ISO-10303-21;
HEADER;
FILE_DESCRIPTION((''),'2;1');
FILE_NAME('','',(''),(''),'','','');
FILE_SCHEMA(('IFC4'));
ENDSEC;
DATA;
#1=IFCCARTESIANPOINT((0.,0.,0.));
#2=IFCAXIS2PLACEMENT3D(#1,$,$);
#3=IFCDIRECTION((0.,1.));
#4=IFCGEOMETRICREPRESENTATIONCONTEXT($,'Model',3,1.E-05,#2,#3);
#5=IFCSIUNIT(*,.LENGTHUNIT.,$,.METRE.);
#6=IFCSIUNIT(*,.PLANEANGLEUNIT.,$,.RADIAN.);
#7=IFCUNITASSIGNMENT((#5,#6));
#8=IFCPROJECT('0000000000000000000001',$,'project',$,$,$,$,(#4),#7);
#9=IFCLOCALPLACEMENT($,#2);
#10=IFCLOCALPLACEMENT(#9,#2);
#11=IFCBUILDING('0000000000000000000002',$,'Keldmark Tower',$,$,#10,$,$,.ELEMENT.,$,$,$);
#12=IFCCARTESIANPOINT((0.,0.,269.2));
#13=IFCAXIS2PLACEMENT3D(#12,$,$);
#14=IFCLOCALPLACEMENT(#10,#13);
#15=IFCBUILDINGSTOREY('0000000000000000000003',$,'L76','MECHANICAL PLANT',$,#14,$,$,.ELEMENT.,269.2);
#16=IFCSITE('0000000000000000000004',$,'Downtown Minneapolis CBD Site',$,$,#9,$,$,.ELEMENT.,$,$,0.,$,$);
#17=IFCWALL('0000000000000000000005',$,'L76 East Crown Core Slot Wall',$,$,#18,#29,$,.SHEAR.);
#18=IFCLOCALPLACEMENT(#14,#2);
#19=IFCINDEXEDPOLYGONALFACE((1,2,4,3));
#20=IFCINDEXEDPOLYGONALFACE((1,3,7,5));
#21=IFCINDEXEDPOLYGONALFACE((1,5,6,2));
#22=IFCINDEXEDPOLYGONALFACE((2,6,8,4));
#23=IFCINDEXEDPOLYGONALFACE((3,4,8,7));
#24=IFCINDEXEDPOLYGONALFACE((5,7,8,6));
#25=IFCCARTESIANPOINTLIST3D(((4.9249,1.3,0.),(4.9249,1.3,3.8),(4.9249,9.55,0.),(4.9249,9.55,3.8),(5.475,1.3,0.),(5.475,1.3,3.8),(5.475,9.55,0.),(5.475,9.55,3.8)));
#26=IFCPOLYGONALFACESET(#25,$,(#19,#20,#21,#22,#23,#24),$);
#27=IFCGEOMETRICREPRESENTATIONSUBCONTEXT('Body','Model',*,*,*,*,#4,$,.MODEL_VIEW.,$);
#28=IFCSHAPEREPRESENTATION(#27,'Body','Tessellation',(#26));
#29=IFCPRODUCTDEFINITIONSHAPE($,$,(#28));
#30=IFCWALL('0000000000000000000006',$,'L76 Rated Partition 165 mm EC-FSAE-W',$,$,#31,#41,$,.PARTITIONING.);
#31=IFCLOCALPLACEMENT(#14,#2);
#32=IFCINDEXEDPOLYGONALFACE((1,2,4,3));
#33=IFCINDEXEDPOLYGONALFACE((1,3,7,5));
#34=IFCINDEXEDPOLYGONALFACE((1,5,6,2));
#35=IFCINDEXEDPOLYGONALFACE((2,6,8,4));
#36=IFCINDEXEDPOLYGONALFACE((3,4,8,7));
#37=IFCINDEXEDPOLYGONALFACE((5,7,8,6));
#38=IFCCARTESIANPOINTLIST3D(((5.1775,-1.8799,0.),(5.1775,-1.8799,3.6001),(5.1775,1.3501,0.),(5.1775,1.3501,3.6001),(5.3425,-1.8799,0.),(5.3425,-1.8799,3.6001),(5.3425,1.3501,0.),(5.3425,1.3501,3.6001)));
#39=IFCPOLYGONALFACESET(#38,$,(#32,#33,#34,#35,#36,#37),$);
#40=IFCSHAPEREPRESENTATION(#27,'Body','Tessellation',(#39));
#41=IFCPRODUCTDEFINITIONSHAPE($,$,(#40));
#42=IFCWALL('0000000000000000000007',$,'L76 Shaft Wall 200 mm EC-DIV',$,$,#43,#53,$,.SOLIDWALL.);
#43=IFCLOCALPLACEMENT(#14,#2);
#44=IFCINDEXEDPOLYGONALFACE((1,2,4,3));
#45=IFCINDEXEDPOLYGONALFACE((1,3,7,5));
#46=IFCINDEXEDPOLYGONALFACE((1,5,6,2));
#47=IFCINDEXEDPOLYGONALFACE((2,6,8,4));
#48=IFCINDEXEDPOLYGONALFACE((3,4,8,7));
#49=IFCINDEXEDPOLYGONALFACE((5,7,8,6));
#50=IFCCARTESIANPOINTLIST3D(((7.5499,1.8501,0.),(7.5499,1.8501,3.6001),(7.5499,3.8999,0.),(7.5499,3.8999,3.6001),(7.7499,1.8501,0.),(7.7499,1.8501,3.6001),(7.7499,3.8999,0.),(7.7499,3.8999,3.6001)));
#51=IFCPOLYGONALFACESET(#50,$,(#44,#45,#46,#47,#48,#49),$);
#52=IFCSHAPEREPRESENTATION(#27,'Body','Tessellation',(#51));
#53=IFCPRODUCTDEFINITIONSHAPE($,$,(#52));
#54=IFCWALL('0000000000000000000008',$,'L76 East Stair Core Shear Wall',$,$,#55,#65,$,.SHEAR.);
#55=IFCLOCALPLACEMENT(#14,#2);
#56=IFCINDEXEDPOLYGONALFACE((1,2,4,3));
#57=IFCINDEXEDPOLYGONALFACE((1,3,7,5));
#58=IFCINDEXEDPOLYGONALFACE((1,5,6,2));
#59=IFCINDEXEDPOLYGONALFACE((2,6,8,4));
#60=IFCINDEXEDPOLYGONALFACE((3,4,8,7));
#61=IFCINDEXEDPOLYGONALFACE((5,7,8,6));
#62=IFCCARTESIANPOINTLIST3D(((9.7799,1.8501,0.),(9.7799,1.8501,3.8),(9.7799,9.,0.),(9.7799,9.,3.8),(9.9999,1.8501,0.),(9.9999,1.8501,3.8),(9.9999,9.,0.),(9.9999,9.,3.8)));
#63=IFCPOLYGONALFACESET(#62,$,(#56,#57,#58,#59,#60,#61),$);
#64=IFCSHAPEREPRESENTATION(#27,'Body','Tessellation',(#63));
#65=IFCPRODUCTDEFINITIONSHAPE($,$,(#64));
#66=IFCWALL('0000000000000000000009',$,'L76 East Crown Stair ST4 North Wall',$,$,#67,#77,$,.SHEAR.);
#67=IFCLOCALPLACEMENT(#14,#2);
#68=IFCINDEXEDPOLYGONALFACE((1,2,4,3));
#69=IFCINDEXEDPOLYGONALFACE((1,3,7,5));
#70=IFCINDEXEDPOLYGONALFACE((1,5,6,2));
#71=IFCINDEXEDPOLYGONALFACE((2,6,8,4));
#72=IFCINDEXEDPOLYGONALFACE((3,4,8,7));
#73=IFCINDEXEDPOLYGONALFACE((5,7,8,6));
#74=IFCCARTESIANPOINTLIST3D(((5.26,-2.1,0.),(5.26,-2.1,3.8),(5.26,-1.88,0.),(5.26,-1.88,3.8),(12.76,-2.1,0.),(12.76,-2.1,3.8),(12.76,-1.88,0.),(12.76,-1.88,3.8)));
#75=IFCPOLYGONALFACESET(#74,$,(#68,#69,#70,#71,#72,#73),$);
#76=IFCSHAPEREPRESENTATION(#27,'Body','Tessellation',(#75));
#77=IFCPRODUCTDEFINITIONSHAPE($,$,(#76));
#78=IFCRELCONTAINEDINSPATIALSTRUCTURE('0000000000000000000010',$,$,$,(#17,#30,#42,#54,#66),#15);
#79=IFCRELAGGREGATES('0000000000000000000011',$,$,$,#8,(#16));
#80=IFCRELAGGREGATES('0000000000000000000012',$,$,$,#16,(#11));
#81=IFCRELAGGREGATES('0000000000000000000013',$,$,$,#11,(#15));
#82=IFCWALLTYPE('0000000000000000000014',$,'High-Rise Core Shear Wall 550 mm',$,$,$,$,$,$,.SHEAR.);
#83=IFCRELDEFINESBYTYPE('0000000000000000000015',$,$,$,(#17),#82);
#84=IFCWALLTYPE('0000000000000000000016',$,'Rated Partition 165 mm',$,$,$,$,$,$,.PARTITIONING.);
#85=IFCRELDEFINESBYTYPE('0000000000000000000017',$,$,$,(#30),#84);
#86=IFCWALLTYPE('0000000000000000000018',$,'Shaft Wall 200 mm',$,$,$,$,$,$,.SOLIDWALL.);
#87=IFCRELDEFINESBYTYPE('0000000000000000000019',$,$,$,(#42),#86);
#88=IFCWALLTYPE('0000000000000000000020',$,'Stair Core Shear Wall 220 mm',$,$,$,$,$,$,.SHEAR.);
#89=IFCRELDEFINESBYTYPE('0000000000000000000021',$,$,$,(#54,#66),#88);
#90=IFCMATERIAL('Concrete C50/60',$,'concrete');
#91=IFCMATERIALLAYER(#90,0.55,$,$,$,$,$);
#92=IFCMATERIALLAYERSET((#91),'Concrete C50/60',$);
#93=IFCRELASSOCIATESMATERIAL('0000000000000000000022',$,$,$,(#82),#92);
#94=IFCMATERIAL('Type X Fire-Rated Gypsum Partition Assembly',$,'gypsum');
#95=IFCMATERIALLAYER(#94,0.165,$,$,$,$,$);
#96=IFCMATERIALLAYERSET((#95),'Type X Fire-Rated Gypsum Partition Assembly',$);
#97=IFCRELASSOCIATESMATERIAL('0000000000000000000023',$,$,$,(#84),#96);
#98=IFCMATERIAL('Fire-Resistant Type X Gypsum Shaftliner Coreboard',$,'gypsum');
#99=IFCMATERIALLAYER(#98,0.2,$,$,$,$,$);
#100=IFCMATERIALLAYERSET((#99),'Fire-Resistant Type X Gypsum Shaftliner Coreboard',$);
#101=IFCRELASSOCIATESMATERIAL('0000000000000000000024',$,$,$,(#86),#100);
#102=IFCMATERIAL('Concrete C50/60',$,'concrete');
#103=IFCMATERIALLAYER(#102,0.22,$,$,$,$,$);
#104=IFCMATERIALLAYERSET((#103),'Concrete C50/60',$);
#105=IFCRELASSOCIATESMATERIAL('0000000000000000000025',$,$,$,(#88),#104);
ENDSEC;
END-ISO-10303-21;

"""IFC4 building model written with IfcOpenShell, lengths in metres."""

from ifc_helpers import new_model, si_unit, direction, frame, frame_2d, origin, place, context, subcontext, project, spatial, rectangle, extrude, material, layer, layer_set, type_object, element, save


model = new_model("IFC4")

# Units and contexts
model_context = context("Model", 3, precision=1e-05, world=origin(), true_north=direction((0.0, 1.0)))
body_context = subcontext(model_context, "Body", "Model", "MODEL_VIEW")
ifc_project = project(units=[si_unit("LENGTHUNIT", "METRE"), si_unit("PLANEANGLEUNIT", "RADIAN")], contexts=[model_context])

# Site, building, storey
site_placement = place(None, origin())
site = spatial("IfcSite", under=ifc_project, at=site_placement, Name="Downtown Minneapolis CBD Site", CompositionType="ELEMENT", RefElevation=0.0)
building_placement = place(site_placement, origin())
building = spatial("IfcBuilding", under=site, at=building_placement, Name="Keldmark Tower", CompositionType="ELEMENT")
storey_placement = place(building_placement, frame((0.0, 0.0, 269.2)))
storey = spatial("IfcBuildingStorey", under=building, at=storey_placement, Name="L76", Description="MECHANICAL PLANT", CompositionType="ELEMENT", Elevation=269.2)

# Walls
ifc_material_1 = material(Name="Concrete C50/60", Category="concrete")
ifc_layer_1 = layer(ifc_material_1, 0.55)
ifc_layer_set_1 = layer_set([ifc_layer_1], Name="Concrete C50/60")
wall_type_1 = type_object("IfcWallType", Name="High-Rise Core Shear Wall 550 mm", PredefinedType="SHEAR", material=ifc_layer_set_1)
wall_1_placement = place(storey_placement, frame((5.2, 1.3, 0.0), z_axis=(0.0, 0.0, 1.0), x_axis=(0.0, 1.0, 0.0)))
element("IfcWall", 1, at=wall_1_placement, inside=storey, type_object=wall_type_1, Name="L76 East Crown Core Slot Wall", PredefinedType="SHEAR", context=body_context, shape_type="SweptSolid", body=[
    extrude(rectangle(XDim=8.25, YDim=0.55, at=frame_2d((4.125, 0.0))), origin(), (0.0, 0.0, 1.0), 3.8),
])
ifc_material_2 = material(Name="Type X Fire-Rated Gypsum Partition Assembly", Category="gypsum")
ifc_layer_2 = layer(ifc_material_2, 0.165)
ifc_layer_set_2 = layer_set([ifc_layer_2], Name="Type X Fire-Rated Gypsum Partition Assembly")
wall_type_2 = type_object("IfcWallType", Name="Rated Partition 165 mm", PredefinedType="PARTITIONING", material=ifc_layer_set_2)
wall_2_placement = place(storey_placement, frame((5.26, -1.8799, 0.0), z_axis=(0.0, 0.0, 1.0), x_axis=(0.0, 1.0, 0.0)))
element("IfcWall", 2, at=wall_2_placement, inside=storey, type_object=wall_type_2, Name="L76 Rated Partition 165 mm EC-FSAE-W", PredefinedType="PARTITIONING", context=body_context, shape_type="SweptSolid", body=[
    extrude(rectangle(XDim=3.23, YDim=0.165, at=frame_2d((1.615, 0.0))), origin(), (0.0, 0.0, 1.0), 3.6001),
])
ifc_material_3 = material(Name="Fire-Resistant Type X Gypsum Shaftliner Coreboard", Category="gypsum")
ifc_layer_3 = layer(ifc_material_3, 0.2)
ifc_layer_set_3 = layer_set([ifc_layer_3], Name="Fire-Resistant Type X Gypsum Shaftliner Coreboard")
wall_type_3 = type_object("IfcWallType", Name="Shaft Wall 200 mm", PredefinedType="SOLIDWALL", material=ifc_layer_set_3)
wall_3_placement = place(storey_placement, frame((7.6499, 1.8501, 0.0), z_axis=(0.0, 0.0, 1.0), x_axis=(0.0, 1.0, 0.0)))
element("IfcWall", 3, at=wall_3_placement, inside=storey, type_object=wall_type_3, Name="L76 Shaft Wall 200 mm EC-DIV", PredefinedType="SOLIDWALL", context=body_context, shape_type="SweptSolid", body=[
    extrude(rectangle(XDim=2.0498, YDim=0.2, at=frame_2d((1.0249, 0.0))), origin(), (0.0, 0.0, 1.0), 3.6001),
])
ifc_material_4 = material(Name="Concrete C50/60", Category="concrete")
ifc_layer_4 = layer(ifc_material_4, 0.22)
ifc_layer_set_4 = layer_set([ifc_layer_4], Name="Concrete C50/60")
wall_type_4 = type_object("IfcWallType", Name="Stair Core Shear Wall 220 mm", PredefinedType="SHEAR", material=ifc_layer_set_4)
wall_4_placement = place(storey_placement, frame((9.8899, 1.8501, 0.0), z_axis=(0.0, 0.0, 1.0), x_axis=(0.0, 1.0, 0.0)))
element("IfcWall", 4, at=wall_4_placement, inside=storey, type_object=wall_type_4, Name="L76 East Stair Core Shear Wall", PredefinedType="SHEAR", context=body_context, shape_type="SweptSolid", body=[
    extrude(rectangle(XDim=7.1499, YDim=0.22, at=frame_2d((3.575, 0.0))), origin(), (0.0, 0.0, 1.0), 3.8),
])
wall_5_placement = place(storey_placement, frame((5.26, -1.99, 0.0), z_axis=(0.0, 0.0, 1.0), x_axis=(1.0, 0.0, 0.0)))
element("IfcWall", 5, at=wall_5_placement, inside=storey, type_object=wall_type_4, Name="L76 East Crown Stair ST4 North Wall", PredefinedType="SHEAR", context=body_context, shape_type="SweptSolid", body=[
    extrude(rectangle(XDim=7.5, YDim=0.22, at=frame_2d((3.75, 0.0))), origin(), (0.0, 0.0, 1.0), 3.8),
])

save(model, "model.ifc")
